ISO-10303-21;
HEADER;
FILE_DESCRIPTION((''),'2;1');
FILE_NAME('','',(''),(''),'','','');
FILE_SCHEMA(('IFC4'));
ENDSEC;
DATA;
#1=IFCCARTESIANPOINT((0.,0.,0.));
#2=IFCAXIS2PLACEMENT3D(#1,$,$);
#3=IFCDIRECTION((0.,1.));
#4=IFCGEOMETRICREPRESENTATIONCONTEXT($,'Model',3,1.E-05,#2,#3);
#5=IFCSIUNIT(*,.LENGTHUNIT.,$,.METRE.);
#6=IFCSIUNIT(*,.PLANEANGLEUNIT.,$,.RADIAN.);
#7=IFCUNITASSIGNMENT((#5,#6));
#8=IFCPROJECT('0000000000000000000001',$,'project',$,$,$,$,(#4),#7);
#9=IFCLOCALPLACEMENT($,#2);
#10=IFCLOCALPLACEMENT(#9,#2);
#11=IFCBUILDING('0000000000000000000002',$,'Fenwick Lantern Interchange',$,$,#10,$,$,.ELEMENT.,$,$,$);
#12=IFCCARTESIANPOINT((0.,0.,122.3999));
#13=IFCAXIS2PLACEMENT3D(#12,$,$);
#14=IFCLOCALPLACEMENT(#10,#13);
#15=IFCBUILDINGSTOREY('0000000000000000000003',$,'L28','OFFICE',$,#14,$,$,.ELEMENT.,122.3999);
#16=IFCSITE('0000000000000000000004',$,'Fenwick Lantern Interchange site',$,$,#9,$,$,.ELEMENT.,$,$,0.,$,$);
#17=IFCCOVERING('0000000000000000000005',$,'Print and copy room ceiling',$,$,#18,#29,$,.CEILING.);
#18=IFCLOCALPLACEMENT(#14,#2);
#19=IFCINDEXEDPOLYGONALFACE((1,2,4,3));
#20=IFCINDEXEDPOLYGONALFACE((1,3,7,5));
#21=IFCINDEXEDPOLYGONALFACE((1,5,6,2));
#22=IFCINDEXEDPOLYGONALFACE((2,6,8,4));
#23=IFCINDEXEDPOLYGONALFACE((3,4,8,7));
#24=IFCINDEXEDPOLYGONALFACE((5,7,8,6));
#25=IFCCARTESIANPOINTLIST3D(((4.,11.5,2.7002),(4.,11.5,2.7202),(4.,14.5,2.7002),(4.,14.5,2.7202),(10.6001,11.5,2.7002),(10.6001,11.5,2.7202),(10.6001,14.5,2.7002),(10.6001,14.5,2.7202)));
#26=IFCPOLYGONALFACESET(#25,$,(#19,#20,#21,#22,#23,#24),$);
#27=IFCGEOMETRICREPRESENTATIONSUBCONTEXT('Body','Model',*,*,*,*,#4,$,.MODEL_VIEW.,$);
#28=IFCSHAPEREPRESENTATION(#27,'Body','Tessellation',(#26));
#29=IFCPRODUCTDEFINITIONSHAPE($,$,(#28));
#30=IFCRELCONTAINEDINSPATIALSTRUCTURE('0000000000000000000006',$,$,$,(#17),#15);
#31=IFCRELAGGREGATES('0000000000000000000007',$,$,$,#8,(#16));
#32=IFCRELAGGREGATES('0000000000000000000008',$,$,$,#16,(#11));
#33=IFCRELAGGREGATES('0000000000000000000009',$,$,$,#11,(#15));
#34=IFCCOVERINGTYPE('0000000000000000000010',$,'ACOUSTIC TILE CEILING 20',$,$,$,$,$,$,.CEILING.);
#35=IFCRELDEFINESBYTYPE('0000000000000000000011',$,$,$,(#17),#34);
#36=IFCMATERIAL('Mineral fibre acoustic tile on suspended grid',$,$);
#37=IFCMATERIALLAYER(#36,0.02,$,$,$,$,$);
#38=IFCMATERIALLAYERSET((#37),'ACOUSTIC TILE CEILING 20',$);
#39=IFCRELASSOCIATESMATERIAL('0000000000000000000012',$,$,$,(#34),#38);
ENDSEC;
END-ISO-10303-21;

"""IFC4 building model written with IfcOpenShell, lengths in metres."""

from ifc_helpers import new_model, si_unit, direction, frame, origin, place, context, subcontext, project, spatial, polyline, outline, extrude, material, layer, layer_set, type_object, element, save


model = new_model("IFC4")

# Units and contexts
model_context = context("Model", 3, precision=1e-05, world=origin(), true_north=direction((0.0, 1.0)))
body_context = subcontext(model_context, "Body", "Model", "MODEL_VIEW")
ifc_project = project(units=[si_unit("LENGTHUNIT", "METRE"), si_unit("PLANEANGLEUNIT", "RADIAN")], contexts=[model_context])

# Site, building, storey
site_placement = place(None, origin())
site = spatial("IfcSite", under=ifc_project, at=site_placement, Name="Fenwick Lantern Interchange site", CompositionType="ELEMENT", RefElevation=0.0)
building_placement = place(site_placement, origin())
building = spatial("IfcBuilding", under=site, at=building_placement, Name="Fenwick Lantern Interchange", CompositionType="ELEMENT")
storey_placement = place(building_placement, frame((0.0, 0.0, 122.3999)))
storey = spatial("IfcBuildingStorey", under=building, at=storey_placement, Name="L28", Description="OFFICE", CompositionType="ELEMENT", Elevation=122.3999)

# Covering
ifc_material_1 = material(Name="Mineral fibre acoustic tile on suspended grid")
ifc_layer_1 = layer(ifc_material_1, 0.02)
ifc_layer_set_1 = layer_set([ifc_layer_1], Name="ACOUSTIC TILE CEILING 20")
covering_type_1 = type_object("IfcCoveringType", Name="ACOUSTIC TILE CEILING 20", PredefinedType="CEILING", material=ifc_layer_set_1)
covering_1_placement = place(storey_placement, frame((0.0, 0.0, 2.7002)))
element("IfcCovering", 1, at=covering_1_placement, inside=storey, type_object=covering_type_1, Name="Print and copy room ceiling", PredefinedType="CEILING", context=body_context, shape_type="SweptSolid", body=[
    extrude(outline(polyline([(4.0, 14.5), (4.0, 11.5), (10.6001, 11.5), (10.6001, 14.5), (4.0, 14.5)])), origin(), (0.0, 0.0, 1.0), 0.02),
])

save(model, "model.ifc")
